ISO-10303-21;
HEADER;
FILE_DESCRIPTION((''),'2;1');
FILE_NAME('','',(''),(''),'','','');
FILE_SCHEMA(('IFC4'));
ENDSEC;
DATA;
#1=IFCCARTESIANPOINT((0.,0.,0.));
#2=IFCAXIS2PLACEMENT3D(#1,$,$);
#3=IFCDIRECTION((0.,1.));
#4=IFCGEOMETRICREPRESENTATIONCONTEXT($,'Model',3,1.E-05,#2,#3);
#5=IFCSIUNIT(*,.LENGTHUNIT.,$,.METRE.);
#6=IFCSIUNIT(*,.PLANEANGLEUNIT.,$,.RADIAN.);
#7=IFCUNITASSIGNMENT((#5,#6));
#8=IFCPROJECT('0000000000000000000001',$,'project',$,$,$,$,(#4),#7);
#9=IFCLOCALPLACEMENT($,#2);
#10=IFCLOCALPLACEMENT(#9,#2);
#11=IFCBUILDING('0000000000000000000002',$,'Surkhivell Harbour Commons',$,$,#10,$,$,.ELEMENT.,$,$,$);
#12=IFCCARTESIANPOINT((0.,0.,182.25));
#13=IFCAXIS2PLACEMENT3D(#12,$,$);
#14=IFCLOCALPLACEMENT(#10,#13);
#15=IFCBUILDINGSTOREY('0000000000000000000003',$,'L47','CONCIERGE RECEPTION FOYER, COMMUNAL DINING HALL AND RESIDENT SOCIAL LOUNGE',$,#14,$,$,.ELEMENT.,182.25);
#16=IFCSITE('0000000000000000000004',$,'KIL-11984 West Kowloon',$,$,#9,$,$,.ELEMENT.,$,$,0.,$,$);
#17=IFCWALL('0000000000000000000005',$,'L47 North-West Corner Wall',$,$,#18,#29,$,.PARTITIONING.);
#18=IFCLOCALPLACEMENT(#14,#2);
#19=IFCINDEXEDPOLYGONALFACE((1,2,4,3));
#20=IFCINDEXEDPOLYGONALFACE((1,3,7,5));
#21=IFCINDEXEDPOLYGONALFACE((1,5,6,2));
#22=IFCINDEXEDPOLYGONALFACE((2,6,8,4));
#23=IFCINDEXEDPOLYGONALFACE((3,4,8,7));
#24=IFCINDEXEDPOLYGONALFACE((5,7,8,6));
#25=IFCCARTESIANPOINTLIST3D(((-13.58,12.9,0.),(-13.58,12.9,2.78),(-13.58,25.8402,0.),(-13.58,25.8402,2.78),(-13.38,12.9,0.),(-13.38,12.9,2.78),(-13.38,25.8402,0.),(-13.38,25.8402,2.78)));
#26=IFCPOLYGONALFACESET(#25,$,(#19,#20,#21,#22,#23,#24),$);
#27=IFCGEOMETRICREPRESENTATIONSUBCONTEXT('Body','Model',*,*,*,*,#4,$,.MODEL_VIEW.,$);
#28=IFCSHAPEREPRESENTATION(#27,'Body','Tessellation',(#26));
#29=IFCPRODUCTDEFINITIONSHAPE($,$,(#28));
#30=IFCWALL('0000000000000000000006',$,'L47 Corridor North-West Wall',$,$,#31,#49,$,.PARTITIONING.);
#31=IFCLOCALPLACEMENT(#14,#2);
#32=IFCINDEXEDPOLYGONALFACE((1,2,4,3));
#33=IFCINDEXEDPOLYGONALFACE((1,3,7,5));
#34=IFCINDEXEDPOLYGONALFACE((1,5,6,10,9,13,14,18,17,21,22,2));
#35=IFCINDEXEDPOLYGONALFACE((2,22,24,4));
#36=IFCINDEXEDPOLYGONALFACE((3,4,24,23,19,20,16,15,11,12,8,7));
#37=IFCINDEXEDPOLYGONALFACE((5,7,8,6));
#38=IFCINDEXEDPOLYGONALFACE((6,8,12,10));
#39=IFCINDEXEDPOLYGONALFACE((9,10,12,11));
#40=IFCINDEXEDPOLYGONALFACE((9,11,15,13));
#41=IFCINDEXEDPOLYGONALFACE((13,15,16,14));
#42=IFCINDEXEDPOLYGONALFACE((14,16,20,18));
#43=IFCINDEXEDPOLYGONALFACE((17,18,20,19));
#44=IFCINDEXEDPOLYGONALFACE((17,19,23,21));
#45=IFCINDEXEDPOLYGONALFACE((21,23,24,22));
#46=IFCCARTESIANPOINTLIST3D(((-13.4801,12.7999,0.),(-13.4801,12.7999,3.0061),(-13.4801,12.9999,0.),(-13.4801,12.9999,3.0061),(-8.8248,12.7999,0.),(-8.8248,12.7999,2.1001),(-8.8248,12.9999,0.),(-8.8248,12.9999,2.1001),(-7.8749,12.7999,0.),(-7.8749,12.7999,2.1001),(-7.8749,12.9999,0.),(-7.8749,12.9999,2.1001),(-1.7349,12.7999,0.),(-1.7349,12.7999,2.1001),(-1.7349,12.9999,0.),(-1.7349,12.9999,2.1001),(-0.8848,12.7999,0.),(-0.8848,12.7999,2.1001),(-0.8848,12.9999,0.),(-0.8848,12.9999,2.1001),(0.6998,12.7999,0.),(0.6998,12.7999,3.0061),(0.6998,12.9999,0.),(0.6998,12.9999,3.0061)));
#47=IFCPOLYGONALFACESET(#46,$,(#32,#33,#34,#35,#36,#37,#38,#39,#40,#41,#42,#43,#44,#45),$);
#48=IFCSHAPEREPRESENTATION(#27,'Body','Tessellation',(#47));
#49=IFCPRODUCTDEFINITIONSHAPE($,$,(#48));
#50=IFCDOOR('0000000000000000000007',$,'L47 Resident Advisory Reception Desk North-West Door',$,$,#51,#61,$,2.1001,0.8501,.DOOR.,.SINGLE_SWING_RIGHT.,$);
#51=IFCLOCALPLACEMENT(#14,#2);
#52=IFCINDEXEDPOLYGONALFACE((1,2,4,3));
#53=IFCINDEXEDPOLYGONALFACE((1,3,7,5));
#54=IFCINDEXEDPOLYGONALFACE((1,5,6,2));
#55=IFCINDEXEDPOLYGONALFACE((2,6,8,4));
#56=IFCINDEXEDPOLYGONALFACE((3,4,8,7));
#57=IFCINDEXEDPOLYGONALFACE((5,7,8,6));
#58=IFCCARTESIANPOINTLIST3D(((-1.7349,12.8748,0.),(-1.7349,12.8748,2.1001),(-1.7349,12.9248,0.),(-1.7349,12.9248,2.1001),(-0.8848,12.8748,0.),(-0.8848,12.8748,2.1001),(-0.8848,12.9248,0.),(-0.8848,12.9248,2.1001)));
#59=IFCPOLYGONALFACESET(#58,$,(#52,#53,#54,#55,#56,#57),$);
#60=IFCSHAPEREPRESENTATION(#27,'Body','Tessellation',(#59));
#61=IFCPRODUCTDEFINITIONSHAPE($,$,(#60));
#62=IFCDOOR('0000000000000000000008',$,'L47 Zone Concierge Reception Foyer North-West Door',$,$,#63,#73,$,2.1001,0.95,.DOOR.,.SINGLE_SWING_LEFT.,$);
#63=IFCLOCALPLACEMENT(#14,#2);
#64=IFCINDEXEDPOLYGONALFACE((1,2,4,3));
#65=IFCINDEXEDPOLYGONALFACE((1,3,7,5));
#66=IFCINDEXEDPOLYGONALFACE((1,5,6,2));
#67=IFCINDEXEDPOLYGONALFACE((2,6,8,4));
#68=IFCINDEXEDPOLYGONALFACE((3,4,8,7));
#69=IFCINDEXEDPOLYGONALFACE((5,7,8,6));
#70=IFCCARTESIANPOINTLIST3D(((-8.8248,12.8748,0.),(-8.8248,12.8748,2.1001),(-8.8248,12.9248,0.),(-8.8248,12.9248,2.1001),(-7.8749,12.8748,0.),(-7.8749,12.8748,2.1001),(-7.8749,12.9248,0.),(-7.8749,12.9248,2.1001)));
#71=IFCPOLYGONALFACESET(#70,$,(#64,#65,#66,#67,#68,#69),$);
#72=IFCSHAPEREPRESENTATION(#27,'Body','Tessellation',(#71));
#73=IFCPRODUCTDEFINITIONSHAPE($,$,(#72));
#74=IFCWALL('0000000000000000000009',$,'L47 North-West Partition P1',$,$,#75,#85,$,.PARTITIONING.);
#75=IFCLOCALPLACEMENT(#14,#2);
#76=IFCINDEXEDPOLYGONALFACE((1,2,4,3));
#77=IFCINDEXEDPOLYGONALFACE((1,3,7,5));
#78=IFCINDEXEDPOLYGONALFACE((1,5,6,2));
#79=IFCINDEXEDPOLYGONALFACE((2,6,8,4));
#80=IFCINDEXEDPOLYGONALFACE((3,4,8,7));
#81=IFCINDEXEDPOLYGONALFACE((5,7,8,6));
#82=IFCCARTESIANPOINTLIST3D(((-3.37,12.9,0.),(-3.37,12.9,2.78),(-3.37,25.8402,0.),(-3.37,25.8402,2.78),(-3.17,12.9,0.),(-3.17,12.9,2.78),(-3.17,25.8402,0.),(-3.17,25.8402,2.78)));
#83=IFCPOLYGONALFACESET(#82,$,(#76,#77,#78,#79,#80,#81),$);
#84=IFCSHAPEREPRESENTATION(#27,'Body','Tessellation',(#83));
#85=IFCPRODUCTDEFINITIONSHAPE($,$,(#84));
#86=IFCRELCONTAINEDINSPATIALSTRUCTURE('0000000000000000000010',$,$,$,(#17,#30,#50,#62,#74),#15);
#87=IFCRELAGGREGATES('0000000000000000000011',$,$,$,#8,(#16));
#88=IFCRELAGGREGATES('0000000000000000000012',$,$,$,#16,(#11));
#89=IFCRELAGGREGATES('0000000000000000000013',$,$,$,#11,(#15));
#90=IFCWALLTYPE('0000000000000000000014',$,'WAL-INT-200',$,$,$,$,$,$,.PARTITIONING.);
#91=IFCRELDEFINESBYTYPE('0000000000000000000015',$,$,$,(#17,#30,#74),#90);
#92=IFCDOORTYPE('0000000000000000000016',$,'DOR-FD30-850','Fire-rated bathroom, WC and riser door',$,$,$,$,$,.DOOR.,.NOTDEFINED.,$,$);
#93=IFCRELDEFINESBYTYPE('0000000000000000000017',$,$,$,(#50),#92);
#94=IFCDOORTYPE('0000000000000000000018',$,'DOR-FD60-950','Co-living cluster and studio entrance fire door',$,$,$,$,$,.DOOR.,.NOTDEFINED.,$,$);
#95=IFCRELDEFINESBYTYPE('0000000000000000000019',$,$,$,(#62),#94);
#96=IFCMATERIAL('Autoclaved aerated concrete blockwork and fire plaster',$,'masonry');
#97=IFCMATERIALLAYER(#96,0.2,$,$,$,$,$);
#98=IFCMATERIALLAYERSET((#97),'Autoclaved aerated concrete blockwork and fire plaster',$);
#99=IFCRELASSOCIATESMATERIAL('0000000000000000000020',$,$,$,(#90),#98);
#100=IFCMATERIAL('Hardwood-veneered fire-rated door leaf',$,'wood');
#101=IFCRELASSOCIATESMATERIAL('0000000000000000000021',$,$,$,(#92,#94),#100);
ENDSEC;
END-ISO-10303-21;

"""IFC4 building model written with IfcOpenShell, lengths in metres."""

from ifc_helpers import new_model, si_unit, direction, frame, frame_2d, origin, place, context, subcontext, project, spatial, rectangle, extrude, material, layer, layer_set, type_object, element, fill, save


model = new_model("IFC4")

# Units and contexts
model_context = context("Model", 3, precision=1e-05, world=origin(), true_north=direction((0.0, 1.0)))
body_context = subcontext(model_context, "Body", "Model", "MODEL_VIEW")
ifc_project = project(units=[si_unit("LENGTHUNIT", "METRE"), si_unit("PLANEANGLEUNIT", "RADIAN")], contexts=[model_context])

# Site, building, storey
site_placement = place(None, origin())
site = spatial("IfcSite", under=ifc_project, at=site_placement, Name="KIL-11984 West Kowloon", CompositionType="ELEMENT", RefElevation=0.0)
building_placement = place(site_placement, origin())
building = spatial("IfcBuilding", under=site, at=building_placement, Name="Surkhivell Harbour Commons", CompositionType="ELEMENT")
storey_placement = place(building_placement, frame((0.0, 0.0, 182.25)))
storey = spatial("IfcBuildingStorey", under=building, at=storey_placement, Name="L47", Description="CONCIERGE RECEPTION FOYER, COMMUNAL DINING HALL AND RESIDENT SOCIAL LOUNGE", CompositionType="ELEMENT", Elevation=182.25)

# Shared definitions
ifc_material_1 = material(Name="Hardwood-veneered fire-rated door leaf", Category="wood")

# Wall
ifc_material_2 = material(Name="Autoclaved aerated concrete blockwork and fire plaster", Category="masonry")
ifc_layer_1 = layer(ifc_material_2, 0.2)
ifc_layer_set_1 = layer_set([ifc_layer_1], Name="Autoclaved aerated concrete blockwork and fire plaster")
wall_type_1 = type_object("IfcWallType", Name="WAL-INT-200", PredefinedType="PARTITIONING", material=ifc_layer_set_1)
wall_1_placement = place(storey_placement, frame((-13.48, 12.8999, 0.0), z_axis=(0.0, 0.0, 1.0), x_axis=(0.0, 1.0, 0.0)))
element("IfcWall", 1, at=wall_1_placement, inside=storey, type_object=wall_type_1, Name="L47 North-West Corner Wall", PredefinedType="PARTITIONING", context=body_context, shape_type="SweptSolid", body=[
    extrude(rectangle(XDim=12.9402, YDim=0.2, at=frame_2d((6.4702, 0.0))), origin(), (0.0, 0.0, 1.0), 2.78),
])

# Wall, openings, doors
wall_2_placement = place(storey_placement, frame((-13.48, 12.8999, 0.0), z_axis=(0.0, 0.0, 1.0), x_axis=(1.0, 0.0, 0.0)))
wall_2 = element("IfcWall", 2, at=wall_2_placement, inside=storey, type_object=wall_type_1, Name="L47 Corridor North-West Wall", PredefinedType="PARTITIONING", context=body_context, shape_type="SweptSolid", body=[
    extrude(rectangle(XDim=14.1799, YDim=0.2, at=frame_2d((7.0898, 0.0))), origin(), (0.0, 0.0, 1.0), 3.0061),
])
opening_1_placement = place(wall_2_placement, frame((4.655, 0.0, 0.0)))
opening_1 = element("IfcOpeningElement", 3, at=opening_1_placement, cuts=wall_2, PredefinedType="OPENING", context=body_context, shape_type="SweptSolid", body=[
    extrude(rectangle(XDim=0.95, YDim=2.1001, at=frame_2d((0.4751, 1.05))), frame((0.0, 0.1099, 0.0), z_axis=(0.0, -1.0, 0.0), x_axis=(1.0, 0.0, 0.0)), (0.0, 0.0, 1.0), 0.22),
])
opening_2_placement = place(wall_2_placement, frame((11.7451, 0.0, 0.0)))
opening_2 = element("IfcOpeningElement", 4, at=opening_2_placement, cuts=wall_2, PredefinedType="OPENING", context=body_context, shape_type="SweptSolid", body=[
    extrude(rectangle(XDim=0.8501, YDim=2.1001, at=frame_2d((0.425, 1.05))), frame((0.0, 0.1099, 0.0), z_axis=(0.0, -1.0, 0.0), x_axis=(1.0, 0.0, 0.0)), (0.0, 0.0, 1.0), 0.22),
])
door_type_1 = type_object("IfcDoorType", Name="DOR-FD30-850", Description="Fire-rated bathroom, WC and riser door", OperationType="NOTDEFINED", PredefinedType="DOOR", material=ifc_material_1)
door_1_placement = place(opening_2_placement, origin())
door_1 = element("IfcDoor", 5, at=door_1_placement, inside=storey, type_object=door_type_1, Name="L47 Resident Advisory Reception Desk North-West Door", OperationType="SINGLE_SWING_RIGHT", OverallHeight=2.1001, OverallWidth=0.8501, PredefinedType="DOOR", context=body_context, shape_type="SweptSolid", body=[
    extrude(rectangle(XDim=0.8501, YDim=2.1001, at=frame_2d((0.425, 1.05))), frame((0.0, 0.0249, 0.0), z_axis=(0.0, -1.0, 0.0), x_axis=(1.0, 0.0, 0.0)), (0.0, 0.0, 1.0), 0.05),
])
fill(opening_2, door_1)
door_type_2 = type_object("IfcDoorType", Name="DOR-FD60-950", Description="Co-living cluster and studio entrance fire door", OperationType="NOTDEFINED", PredefinedType="DOOR", material=ifc_material_1)
door_2_placement = place(opening_1_placement, origin())
door_2 = element("IfcDoor", 6, at=door_2_placement, inside=storey, type_object=door_type_2, Name="L47 Zone Concierge Reception Foyer North-West Door", OperationType="SINGLE_SWING_LEFT", OverallHeight=2.1001, OverallWidth=0.95, PredefinedType="DOOR", context=body_context, shape_type="SweptSolid", body=[
    extrude(rectangle(XDim=0.95, YDim=2.1001, at=frame_2d((0.4751, 1.05))), frame((0.0, 0.0249, 0.0), z_axis=(0.0, -1.0, 0.0), x_axis=(1.0, 0.0, 0.0)), (0.0, 0.0, 1.0), 0.05),
])
fill(opening_1, door_2)

# Wall
wall_3_placement = place(storey_placement, frame((-3.27, 12.8999, 0.0), z_axis=(0.0, 0.0, 1.0), x_axis=(0.0, 1.0, 0.0)))
element("IfcWall", 7, at=wall_3_placement, inside=storey, type_object=wall_type_1, Name="L47 North-West Partition P1", PredefinedType="PARTITIONING", context=body_context, shape_type="SweptSolid", body=[
    extrude(rectangle(XDim=12.9402, YDim=0.2, at=frame_2d((6.4702, 0.0))), origin(), (0.0, 0.0, 1.0), 2.78),
])

save(model, "model.ifc")
